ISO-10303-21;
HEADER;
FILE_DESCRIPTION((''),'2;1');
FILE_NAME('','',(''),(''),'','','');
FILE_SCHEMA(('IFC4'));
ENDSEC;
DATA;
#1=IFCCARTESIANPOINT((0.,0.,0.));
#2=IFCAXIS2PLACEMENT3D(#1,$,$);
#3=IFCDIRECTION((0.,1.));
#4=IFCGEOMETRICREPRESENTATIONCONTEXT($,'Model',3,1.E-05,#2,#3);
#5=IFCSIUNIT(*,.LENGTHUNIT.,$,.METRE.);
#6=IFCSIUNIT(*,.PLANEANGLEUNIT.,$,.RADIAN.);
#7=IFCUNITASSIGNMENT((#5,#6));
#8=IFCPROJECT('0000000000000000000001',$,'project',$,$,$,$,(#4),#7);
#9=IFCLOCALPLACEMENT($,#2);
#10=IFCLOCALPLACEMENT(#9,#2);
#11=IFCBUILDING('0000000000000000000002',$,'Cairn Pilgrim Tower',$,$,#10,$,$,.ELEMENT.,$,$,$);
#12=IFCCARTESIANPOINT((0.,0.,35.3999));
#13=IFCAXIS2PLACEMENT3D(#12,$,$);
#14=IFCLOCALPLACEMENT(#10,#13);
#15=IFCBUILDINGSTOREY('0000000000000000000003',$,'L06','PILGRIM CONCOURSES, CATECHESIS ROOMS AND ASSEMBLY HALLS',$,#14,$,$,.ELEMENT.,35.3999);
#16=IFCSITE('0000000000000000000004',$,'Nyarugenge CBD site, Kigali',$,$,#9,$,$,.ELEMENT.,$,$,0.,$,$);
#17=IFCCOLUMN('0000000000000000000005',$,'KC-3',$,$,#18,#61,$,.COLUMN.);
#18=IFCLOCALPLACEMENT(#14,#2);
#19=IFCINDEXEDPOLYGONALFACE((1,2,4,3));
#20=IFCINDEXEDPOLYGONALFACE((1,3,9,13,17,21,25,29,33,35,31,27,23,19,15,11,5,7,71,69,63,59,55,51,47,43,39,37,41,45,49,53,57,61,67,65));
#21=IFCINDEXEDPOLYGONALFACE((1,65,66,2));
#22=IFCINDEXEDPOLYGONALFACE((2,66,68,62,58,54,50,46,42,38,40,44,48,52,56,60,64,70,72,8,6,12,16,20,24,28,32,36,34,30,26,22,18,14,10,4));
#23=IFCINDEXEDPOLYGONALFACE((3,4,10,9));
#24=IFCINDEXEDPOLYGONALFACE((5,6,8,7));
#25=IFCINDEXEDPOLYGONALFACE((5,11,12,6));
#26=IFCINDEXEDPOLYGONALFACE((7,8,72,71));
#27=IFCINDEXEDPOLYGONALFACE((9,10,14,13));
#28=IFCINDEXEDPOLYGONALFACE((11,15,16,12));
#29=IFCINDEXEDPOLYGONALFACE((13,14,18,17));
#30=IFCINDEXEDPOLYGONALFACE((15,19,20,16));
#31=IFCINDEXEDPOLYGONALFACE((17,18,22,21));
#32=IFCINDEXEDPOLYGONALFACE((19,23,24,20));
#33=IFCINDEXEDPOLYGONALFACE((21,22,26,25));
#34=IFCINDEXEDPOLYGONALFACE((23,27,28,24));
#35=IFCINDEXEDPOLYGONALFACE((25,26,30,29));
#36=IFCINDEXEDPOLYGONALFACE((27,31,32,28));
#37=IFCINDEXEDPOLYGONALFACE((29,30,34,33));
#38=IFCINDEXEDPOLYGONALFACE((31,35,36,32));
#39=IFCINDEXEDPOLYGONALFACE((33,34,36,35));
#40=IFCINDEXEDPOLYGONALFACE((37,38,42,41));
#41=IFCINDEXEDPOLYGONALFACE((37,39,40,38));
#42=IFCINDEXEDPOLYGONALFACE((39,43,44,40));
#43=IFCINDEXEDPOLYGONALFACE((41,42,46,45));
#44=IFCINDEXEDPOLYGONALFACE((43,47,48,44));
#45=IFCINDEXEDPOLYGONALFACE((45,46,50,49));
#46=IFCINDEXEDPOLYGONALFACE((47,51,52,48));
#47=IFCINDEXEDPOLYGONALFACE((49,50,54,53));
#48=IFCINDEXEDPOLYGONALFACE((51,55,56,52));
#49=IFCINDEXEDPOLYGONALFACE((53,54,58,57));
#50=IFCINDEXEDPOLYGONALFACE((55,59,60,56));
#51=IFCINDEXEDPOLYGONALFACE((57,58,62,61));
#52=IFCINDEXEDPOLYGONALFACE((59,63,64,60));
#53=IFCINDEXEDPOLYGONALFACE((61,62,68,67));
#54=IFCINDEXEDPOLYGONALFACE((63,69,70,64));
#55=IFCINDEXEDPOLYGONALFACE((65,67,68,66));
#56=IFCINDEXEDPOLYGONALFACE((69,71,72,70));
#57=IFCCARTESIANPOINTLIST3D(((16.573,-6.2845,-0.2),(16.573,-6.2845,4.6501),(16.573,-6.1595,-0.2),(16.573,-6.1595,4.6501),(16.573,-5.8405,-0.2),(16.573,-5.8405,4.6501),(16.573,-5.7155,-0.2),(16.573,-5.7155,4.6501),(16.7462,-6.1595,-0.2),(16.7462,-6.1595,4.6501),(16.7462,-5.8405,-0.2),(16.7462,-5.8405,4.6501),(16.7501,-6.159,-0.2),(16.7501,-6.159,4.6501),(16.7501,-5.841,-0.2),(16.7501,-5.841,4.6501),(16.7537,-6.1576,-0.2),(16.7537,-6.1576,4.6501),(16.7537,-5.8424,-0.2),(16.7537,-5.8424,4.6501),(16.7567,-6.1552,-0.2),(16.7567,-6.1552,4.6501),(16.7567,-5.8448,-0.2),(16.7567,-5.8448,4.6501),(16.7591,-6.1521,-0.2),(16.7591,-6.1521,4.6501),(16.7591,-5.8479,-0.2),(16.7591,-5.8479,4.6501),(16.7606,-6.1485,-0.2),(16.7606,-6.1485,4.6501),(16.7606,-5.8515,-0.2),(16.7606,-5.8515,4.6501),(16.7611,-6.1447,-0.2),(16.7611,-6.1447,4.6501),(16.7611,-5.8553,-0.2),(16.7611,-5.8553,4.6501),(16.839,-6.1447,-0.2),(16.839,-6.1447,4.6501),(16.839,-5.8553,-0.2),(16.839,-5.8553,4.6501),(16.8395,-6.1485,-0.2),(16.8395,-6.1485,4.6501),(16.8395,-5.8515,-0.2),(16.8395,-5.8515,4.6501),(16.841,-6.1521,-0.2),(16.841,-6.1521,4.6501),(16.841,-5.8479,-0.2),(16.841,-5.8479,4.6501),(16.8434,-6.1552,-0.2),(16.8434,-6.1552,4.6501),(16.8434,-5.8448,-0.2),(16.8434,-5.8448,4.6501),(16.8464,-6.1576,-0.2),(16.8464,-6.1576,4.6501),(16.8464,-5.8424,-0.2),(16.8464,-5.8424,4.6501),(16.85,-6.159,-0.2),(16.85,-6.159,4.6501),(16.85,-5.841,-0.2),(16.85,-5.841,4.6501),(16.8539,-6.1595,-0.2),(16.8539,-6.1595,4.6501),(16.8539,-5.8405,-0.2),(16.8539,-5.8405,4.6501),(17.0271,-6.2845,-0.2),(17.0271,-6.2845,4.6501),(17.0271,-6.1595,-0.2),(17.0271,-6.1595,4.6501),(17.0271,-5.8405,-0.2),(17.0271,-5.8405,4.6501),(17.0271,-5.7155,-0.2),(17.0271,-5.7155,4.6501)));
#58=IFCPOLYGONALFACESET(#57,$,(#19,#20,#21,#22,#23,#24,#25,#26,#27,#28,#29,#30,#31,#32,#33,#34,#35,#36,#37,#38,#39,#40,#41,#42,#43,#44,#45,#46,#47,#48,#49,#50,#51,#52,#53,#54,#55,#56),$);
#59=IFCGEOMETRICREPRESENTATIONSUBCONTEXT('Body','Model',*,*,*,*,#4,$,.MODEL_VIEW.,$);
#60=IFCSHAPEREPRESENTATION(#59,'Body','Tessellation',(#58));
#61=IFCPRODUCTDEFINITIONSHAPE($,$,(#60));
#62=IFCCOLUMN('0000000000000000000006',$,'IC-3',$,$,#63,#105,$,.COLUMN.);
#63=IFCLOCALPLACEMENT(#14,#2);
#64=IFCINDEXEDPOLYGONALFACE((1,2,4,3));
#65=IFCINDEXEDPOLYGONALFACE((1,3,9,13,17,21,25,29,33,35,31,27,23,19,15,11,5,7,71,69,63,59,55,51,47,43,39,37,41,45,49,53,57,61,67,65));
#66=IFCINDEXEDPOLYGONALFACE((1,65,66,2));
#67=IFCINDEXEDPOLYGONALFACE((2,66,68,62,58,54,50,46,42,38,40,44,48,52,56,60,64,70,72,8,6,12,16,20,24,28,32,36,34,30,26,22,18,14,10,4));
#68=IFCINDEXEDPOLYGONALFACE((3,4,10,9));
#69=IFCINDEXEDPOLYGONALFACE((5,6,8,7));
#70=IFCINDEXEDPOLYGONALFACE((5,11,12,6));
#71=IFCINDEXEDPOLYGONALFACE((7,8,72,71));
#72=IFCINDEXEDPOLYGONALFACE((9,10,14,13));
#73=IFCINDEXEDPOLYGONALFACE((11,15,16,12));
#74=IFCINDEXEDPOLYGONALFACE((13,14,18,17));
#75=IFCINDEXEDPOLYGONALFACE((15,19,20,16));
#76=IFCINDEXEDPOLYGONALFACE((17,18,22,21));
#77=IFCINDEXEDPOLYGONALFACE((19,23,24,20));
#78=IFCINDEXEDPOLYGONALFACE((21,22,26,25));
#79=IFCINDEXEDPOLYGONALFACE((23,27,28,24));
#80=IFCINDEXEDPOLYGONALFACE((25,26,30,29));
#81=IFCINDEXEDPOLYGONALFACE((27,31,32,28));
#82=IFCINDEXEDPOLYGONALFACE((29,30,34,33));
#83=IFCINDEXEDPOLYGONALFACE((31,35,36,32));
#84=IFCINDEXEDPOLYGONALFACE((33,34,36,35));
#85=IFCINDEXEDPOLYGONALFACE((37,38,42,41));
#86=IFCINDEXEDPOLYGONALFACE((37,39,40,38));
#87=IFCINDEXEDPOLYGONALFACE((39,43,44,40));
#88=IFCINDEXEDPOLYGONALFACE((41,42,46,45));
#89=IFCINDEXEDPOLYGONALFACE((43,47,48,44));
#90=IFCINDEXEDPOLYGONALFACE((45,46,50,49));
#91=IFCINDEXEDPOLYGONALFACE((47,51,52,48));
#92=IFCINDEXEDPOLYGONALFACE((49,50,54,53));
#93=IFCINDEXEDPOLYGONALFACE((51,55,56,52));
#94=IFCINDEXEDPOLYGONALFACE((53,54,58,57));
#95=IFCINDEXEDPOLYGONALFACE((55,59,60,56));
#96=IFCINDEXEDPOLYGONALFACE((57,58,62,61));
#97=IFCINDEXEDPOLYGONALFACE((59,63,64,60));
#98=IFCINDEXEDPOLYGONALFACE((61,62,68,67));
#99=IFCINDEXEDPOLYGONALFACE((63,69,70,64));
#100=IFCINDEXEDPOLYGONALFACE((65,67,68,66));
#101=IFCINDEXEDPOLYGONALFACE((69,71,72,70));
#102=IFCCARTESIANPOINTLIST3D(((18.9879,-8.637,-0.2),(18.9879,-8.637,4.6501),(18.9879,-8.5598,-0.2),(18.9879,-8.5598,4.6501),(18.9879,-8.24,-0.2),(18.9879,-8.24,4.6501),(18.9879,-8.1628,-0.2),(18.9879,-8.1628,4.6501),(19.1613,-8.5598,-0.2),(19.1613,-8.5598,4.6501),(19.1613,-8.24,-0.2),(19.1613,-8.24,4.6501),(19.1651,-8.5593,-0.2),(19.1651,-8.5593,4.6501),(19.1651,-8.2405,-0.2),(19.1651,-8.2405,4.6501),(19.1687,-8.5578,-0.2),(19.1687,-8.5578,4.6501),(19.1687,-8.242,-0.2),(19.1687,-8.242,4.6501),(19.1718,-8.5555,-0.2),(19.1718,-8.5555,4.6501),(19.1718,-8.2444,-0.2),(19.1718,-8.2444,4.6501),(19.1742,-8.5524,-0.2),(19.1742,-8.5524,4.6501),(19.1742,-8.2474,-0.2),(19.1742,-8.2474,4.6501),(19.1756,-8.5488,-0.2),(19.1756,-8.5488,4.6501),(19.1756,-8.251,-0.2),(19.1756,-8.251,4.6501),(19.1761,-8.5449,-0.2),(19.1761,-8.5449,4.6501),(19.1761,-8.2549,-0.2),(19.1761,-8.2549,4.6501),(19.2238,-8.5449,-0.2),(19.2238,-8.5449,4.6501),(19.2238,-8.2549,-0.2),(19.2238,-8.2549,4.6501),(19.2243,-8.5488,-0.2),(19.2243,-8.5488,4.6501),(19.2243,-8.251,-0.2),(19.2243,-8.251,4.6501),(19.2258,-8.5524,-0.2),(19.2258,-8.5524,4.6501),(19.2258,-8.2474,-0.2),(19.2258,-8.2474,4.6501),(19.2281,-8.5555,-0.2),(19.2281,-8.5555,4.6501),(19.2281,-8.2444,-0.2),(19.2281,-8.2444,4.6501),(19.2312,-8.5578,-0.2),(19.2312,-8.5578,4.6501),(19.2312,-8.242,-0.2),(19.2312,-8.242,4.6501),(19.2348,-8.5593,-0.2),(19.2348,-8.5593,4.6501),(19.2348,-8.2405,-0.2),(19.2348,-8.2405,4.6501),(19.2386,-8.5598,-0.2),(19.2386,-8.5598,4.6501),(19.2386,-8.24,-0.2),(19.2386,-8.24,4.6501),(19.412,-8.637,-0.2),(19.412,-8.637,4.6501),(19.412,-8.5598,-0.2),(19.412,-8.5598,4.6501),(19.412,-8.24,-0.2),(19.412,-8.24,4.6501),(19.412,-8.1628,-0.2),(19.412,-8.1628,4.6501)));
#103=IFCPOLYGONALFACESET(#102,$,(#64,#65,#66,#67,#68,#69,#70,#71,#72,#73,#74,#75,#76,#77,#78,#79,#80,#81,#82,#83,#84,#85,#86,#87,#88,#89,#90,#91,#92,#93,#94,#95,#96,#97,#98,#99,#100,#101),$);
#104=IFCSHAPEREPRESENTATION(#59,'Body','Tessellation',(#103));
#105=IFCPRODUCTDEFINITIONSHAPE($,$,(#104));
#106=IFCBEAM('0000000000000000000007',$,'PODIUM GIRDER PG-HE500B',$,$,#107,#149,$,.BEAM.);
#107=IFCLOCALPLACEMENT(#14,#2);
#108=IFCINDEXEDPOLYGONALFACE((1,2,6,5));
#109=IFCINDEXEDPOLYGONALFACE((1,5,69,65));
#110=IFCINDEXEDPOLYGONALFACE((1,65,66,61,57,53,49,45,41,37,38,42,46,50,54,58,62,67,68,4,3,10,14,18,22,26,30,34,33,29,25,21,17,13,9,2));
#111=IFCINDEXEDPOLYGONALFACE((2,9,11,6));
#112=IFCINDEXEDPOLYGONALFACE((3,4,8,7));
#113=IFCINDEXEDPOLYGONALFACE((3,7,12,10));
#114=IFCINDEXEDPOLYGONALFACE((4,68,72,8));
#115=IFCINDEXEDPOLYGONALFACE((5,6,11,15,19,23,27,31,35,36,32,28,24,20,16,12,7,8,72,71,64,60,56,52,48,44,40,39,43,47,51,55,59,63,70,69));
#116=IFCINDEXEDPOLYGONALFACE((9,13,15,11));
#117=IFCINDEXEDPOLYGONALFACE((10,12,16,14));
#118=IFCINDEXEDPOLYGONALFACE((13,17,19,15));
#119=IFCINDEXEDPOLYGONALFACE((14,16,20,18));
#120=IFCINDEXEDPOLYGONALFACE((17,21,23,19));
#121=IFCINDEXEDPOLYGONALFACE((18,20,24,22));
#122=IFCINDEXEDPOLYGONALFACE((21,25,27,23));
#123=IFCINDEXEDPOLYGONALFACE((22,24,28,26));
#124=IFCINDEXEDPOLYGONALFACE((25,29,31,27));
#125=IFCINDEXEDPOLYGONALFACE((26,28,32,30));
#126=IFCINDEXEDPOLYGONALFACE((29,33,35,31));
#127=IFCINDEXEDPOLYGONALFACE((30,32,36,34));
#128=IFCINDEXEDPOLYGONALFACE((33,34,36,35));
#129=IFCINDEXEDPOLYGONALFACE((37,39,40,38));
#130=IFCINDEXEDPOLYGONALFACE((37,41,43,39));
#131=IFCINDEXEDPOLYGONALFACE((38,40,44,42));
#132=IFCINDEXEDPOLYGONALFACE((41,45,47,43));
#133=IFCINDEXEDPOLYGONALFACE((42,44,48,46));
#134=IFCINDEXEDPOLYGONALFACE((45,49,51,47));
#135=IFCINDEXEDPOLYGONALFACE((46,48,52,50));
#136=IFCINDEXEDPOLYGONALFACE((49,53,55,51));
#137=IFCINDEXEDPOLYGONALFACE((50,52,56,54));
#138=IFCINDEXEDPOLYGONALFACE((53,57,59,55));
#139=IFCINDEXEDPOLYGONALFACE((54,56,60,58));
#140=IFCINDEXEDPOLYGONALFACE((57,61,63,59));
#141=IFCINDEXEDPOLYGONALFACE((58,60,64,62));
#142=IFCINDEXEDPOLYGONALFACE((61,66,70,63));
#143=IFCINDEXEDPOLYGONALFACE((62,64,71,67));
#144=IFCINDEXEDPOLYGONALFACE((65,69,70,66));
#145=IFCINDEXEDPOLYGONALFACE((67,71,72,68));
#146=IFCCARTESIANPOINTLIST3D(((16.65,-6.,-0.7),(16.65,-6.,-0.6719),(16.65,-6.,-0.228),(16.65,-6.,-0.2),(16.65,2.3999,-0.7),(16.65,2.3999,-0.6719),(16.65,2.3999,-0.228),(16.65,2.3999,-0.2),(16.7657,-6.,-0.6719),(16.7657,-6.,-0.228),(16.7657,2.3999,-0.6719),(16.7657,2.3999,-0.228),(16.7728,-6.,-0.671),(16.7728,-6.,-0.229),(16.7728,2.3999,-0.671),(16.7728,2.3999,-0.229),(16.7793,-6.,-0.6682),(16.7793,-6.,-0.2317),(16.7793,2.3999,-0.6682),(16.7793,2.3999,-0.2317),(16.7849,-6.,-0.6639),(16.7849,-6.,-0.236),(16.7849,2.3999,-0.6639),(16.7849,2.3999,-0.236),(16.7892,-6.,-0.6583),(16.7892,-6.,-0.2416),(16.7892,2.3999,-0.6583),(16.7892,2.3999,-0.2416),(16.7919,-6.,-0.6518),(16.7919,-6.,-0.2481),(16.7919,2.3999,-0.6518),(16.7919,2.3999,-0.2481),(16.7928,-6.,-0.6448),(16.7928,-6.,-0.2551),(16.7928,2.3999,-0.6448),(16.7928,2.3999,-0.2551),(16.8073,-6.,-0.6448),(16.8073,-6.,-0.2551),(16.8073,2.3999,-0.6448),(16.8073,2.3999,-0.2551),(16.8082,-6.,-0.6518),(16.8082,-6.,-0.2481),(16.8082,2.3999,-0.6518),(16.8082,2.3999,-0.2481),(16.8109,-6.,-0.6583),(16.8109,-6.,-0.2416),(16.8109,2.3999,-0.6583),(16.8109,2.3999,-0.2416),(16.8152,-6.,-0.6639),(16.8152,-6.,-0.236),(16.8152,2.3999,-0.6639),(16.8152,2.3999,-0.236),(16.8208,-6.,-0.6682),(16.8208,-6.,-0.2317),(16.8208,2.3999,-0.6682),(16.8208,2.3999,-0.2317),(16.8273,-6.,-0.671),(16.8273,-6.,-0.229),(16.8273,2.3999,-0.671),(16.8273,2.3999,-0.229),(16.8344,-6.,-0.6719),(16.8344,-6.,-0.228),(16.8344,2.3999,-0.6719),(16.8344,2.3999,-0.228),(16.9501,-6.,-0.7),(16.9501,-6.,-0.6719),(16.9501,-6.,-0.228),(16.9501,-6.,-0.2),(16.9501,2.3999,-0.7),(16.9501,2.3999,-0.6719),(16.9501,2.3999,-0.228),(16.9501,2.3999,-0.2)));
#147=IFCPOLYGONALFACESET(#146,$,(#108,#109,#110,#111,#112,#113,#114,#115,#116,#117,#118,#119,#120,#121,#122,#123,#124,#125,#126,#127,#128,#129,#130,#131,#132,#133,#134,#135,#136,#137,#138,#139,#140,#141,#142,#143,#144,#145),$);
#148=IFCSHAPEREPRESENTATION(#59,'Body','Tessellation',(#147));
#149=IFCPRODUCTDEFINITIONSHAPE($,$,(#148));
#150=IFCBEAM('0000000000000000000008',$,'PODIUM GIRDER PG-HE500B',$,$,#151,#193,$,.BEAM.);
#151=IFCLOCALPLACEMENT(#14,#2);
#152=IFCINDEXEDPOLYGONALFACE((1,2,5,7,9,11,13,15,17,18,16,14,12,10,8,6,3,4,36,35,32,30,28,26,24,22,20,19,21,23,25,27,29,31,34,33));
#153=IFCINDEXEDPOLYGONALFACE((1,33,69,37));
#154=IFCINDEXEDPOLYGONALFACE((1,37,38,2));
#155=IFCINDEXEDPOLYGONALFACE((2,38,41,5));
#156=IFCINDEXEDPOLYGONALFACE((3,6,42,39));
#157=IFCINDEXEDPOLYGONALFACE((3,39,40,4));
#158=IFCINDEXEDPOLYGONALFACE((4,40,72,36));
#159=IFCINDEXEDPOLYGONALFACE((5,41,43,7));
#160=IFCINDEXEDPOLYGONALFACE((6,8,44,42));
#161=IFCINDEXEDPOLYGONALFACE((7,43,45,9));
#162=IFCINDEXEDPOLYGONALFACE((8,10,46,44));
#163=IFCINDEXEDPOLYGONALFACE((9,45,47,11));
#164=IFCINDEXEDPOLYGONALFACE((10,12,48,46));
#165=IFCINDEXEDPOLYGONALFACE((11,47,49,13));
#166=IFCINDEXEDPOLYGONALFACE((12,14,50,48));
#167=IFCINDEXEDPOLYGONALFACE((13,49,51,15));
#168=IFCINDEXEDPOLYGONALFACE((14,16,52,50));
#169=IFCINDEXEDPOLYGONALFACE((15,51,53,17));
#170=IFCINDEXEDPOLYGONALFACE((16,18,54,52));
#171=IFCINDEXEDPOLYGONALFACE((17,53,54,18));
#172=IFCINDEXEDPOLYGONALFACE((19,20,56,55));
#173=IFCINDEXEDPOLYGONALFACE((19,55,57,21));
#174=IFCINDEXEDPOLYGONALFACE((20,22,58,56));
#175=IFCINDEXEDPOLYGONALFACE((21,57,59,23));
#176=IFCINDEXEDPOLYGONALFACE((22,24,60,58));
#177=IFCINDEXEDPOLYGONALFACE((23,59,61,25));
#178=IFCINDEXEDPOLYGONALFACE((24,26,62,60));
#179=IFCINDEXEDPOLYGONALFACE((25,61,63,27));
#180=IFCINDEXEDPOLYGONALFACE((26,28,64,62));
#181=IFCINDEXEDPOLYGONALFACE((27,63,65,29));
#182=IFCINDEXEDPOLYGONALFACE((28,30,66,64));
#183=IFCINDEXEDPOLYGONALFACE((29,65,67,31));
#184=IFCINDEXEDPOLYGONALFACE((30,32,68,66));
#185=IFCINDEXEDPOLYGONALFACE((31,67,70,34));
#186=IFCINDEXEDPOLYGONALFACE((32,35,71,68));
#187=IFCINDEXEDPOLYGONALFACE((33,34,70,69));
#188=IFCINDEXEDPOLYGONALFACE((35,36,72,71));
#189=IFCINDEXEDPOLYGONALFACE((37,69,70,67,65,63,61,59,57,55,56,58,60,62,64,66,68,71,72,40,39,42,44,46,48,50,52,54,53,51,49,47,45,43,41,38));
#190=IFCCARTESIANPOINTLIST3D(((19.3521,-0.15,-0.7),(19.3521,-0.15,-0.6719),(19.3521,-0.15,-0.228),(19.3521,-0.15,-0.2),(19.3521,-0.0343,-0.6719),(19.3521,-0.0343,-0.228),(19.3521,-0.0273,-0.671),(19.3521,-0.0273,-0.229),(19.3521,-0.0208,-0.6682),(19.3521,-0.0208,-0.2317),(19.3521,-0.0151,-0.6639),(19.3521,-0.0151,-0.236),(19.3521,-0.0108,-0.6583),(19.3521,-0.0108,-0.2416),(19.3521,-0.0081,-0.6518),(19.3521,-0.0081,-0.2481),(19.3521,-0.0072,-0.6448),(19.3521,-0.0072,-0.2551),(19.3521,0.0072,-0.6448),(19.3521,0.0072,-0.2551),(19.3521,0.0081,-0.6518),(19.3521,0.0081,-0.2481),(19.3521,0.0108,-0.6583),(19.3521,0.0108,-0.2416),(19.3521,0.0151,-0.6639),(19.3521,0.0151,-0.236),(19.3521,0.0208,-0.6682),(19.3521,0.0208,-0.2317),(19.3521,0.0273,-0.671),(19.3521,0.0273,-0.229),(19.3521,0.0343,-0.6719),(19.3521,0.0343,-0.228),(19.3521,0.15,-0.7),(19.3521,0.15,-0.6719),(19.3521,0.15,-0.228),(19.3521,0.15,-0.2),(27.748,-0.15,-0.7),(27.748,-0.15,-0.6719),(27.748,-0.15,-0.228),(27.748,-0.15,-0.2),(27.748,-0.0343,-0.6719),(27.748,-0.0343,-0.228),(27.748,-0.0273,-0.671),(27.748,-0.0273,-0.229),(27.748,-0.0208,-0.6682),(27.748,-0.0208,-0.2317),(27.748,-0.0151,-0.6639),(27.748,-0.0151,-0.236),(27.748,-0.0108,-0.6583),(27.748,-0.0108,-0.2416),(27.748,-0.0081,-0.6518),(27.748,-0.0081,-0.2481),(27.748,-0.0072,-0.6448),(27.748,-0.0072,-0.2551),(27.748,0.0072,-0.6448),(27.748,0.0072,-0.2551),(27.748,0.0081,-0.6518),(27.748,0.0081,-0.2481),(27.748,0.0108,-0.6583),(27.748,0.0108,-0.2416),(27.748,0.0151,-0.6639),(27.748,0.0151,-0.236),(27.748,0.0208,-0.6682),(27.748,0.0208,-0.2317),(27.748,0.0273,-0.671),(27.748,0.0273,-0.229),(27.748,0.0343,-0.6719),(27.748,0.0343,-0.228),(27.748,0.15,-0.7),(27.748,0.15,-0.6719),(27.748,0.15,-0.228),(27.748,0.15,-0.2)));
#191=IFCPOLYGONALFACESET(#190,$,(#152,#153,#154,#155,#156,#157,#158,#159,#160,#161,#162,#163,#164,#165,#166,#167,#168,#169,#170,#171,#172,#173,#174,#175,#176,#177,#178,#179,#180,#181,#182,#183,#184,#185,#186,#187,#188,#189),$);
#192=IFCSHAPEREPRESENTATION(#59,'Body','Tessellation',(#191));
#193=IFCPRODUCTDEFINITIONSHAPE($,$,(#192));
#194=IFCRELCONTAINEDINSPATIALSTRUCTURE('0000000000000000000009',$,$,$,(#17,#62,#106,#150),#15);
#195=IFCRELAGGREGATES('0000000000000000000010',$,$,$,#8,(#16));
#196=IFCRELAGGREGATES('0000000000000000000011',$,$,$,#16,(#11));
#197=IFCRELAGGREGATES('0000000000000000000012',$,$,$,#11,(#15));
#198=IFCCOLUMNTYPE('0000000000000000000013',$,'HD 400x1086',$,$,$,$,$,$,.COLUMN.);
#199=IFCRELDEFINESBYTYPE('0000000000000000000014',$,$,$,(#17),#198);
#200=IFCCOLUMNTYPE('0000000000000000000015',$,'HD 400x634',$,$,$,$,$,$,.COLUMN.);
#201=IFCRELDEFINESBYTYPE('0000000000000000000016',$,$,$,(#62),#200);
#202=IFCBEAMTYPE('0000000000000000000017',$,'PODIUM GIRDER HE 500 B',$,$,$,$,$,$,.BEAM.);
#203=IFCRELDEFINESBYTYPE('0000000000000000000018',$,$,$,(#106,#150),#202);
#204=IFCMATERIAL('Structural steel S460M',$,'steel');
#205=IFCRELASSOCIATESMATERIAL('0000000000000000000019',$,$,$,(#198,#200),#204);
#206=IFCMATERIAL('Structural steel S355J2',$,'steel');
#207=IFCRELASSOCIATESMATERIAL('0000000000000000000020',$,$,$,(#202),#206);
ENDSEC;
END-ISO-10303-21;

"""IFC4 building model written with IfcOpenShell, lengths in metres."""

from ifc_helpers import new_model, si_unit, direction, frame, origin, origin_2d, place, context, subcontext, project, spatial, i_section, extrude, material, material_profile, profile_set, type_object, element, save


model = new_model("IFC4")

# Units and contexts
model_context = context("Model", 3, precision=1e-05, world=origin(), true_north=direction((0.0, 1.0)))
body_context = subcontext(model_context, "Body", "Model", "MODEL_VIEW")
ifc_project = project(units=[si_unit("LENGTHUNIT", "METRE"), si_unit("PLANEANGLEUNIT", "RADIAN")], contexts=[model_context])

# Site, building, storey
site_placement = place(None, origin())
site = spatial("IfcSite", under=ifc_project, at=site_placement, Name="Nyarugenge CBD site, Kigali", CompositionType="ELEMENT", RefElevation=0.0)
building_placement = place(site_placement, origin())
building = spatial("IfcBuilding", under=site, at=building_placement, Name="Cairn Pilgrim Tower", CompositionType="ELEMENT")
storey_placement = place(building_placement, frame((0.0, 0.0, 35.3999)))
storey = spatial("IfcBuildingStorey", under=building, at=storey_placement, Name="L06", Description="PILGRIM CONCOURSES, CATECHESIS ROOMS AND ASSEMBLY HALLS", CompositionType="ELEMENT", Elevation=35.3999)

# Columns
ifc_material_1 = material(Name="Structural steel S460M", Category="steel")
ifc_material_profile_1 = material_profile(ifc_material_1, i_section(OverallWidth=0.4541, OverallDepth=0.5691, WebThickness=0.0779, FlangeThickness=0.125, FilletRadius=0.0149, at=origin_2d()), Name="HD 400x1086")
ifc_profile_set_1 = profile_set([ifc_material_profile_1], Name="Structural steel S460M")
column_type_1 = type_object("IfcColumnType", Name="HD 400x1086", PredefinedType="COLUMN", material=ifc_profile_set_1)
column_1_placement = place(storey_placement, frame((16.8, -6.0, -0.2), z_axis=(0.0, 0.0, 1.0), x_axis=(1.0, 0.0, 0.0)))
element("IfcColumn", 1, at=column_1_placement, inside=storey, type_object=column_type_1, Name="KC-3", PredefinedType="COLUMN", context=body_context, shape_type="SweptSolid", body=[
    extrude(i_section(OverallWidth=0.4541, OverallDepth=0.5691, WebThickness=0.0779, FlangeThickness=0.125, FilletRadius=0.0149, at=origin_2d()), origin(), (0.0, 0.0, 1.0), 4.8501),
])
ifc_material_profile_2 = material_profile(ifc_material_1, i_section(OverallWidth=0.4241, OverallDepth=0.4741, WebThickness=0.0476, FlangeThickness=0.0771, FilletRadius=0.0149, at=origin_2d()), Name="HD 400x634")
ifc_profile_set_2 = profile_set([ifc_material_profile_2], Name="Structural steel S460M")
column_type_2 = type_object("IfcColumnType", Name="HD 400x634", PredefinedType="COLUMN", material=ifc_profile_set_2)
column_2_placement = place(storey_placement, frame((19.2, -8.3999, -0.2), z_axis=(0.0, 0.0, 1.0), x_axis=(1.0, 0.0, 0.0)))
element("IfcColumn", 2, at=column_2_placement, inside=storey, type_object=column_type_2, Name="IC-3", PredefinedType="COLUMN", context=body_context, shape_type="SweptSolid", body=[
    extrude(i_section(OverallWidth=0.4241, OverallDepth=0.4741, WebThickness=0.0476, FlangeThickness=0.0771, FilletRadius=0.0149, at=origin_2d()), origin(), (0.0, 0.0, 1.0), 4.8501),
])

# Beams
ifc_material_2 = material(Name="Structural steel S355J2", Category="steel")
ifc_material_profile_3 = material_profile(ifc_material_2, i_section(OverallWidth=0.3, OverallDepth=0.5, WebThickness=0.0144, FlangeThickness=0.0281, FilletRadius=0.0271, at=origin_2d()), Name="HEB 500")
ifc_profile_set_3 = profile_set([ifc_material_profile_3], Name="Structural steel S355J2")
beam_type_1 = type_object("IfcBeamType", Name="PODIUM GIRDER HE 500 B", PredefinedType="BEAM", material=ifc_profile_set_3)
beam_1_placement = place(storey_placement, frame((16.8, -6.0, -0.45), z_axis=(0.0, 1.0, 0.0), x_axis=(-1.0, 0.0, 0.0)))
element("IfcBeam", 3, at=beam_1_placement, inside=storey, type_object=beam_type_1, Name="PODIUM GIRDER PG-HE500B", PredefinedType="BEAM", context=body_context, shape_type="SweptSolid", body=[
    extrude(i_section(OverallWidth=0.3, OverallDepth=0.5, WebThickness=0.0144, FlangeThickness=0.0281, FilletRadius=0.0271, at=origin_2d()), origin(), (0.0, 0.0, 1.0), 8.3999),
])
beam_2_placement = place(storey_placement, frame((19.3521, 0.0, -0.45), z_axis=(1.0, 0.0, 0.0), x_axis=(0.0, 1.0, 0.0)))
element("IfcBeam", 4, at=beam_2_placement, inside=storey, type_object=beam_type_1, Name="PODIUM GIRDER PG-HE500B", PredefinedType="BEAM", context=body_context, shape_type="SweptSolid", body=[
    extrude(i_section(OverallWidth=0.3, OverallDepth=0.5, WebThickness=0.0144, FlangeThickness=0.0281, FilletRadius=0.0271, at=origin_2d()), origin(), (0.0, 0.0, 1.0), 8.396),
])

save(model, "model.ifc")
